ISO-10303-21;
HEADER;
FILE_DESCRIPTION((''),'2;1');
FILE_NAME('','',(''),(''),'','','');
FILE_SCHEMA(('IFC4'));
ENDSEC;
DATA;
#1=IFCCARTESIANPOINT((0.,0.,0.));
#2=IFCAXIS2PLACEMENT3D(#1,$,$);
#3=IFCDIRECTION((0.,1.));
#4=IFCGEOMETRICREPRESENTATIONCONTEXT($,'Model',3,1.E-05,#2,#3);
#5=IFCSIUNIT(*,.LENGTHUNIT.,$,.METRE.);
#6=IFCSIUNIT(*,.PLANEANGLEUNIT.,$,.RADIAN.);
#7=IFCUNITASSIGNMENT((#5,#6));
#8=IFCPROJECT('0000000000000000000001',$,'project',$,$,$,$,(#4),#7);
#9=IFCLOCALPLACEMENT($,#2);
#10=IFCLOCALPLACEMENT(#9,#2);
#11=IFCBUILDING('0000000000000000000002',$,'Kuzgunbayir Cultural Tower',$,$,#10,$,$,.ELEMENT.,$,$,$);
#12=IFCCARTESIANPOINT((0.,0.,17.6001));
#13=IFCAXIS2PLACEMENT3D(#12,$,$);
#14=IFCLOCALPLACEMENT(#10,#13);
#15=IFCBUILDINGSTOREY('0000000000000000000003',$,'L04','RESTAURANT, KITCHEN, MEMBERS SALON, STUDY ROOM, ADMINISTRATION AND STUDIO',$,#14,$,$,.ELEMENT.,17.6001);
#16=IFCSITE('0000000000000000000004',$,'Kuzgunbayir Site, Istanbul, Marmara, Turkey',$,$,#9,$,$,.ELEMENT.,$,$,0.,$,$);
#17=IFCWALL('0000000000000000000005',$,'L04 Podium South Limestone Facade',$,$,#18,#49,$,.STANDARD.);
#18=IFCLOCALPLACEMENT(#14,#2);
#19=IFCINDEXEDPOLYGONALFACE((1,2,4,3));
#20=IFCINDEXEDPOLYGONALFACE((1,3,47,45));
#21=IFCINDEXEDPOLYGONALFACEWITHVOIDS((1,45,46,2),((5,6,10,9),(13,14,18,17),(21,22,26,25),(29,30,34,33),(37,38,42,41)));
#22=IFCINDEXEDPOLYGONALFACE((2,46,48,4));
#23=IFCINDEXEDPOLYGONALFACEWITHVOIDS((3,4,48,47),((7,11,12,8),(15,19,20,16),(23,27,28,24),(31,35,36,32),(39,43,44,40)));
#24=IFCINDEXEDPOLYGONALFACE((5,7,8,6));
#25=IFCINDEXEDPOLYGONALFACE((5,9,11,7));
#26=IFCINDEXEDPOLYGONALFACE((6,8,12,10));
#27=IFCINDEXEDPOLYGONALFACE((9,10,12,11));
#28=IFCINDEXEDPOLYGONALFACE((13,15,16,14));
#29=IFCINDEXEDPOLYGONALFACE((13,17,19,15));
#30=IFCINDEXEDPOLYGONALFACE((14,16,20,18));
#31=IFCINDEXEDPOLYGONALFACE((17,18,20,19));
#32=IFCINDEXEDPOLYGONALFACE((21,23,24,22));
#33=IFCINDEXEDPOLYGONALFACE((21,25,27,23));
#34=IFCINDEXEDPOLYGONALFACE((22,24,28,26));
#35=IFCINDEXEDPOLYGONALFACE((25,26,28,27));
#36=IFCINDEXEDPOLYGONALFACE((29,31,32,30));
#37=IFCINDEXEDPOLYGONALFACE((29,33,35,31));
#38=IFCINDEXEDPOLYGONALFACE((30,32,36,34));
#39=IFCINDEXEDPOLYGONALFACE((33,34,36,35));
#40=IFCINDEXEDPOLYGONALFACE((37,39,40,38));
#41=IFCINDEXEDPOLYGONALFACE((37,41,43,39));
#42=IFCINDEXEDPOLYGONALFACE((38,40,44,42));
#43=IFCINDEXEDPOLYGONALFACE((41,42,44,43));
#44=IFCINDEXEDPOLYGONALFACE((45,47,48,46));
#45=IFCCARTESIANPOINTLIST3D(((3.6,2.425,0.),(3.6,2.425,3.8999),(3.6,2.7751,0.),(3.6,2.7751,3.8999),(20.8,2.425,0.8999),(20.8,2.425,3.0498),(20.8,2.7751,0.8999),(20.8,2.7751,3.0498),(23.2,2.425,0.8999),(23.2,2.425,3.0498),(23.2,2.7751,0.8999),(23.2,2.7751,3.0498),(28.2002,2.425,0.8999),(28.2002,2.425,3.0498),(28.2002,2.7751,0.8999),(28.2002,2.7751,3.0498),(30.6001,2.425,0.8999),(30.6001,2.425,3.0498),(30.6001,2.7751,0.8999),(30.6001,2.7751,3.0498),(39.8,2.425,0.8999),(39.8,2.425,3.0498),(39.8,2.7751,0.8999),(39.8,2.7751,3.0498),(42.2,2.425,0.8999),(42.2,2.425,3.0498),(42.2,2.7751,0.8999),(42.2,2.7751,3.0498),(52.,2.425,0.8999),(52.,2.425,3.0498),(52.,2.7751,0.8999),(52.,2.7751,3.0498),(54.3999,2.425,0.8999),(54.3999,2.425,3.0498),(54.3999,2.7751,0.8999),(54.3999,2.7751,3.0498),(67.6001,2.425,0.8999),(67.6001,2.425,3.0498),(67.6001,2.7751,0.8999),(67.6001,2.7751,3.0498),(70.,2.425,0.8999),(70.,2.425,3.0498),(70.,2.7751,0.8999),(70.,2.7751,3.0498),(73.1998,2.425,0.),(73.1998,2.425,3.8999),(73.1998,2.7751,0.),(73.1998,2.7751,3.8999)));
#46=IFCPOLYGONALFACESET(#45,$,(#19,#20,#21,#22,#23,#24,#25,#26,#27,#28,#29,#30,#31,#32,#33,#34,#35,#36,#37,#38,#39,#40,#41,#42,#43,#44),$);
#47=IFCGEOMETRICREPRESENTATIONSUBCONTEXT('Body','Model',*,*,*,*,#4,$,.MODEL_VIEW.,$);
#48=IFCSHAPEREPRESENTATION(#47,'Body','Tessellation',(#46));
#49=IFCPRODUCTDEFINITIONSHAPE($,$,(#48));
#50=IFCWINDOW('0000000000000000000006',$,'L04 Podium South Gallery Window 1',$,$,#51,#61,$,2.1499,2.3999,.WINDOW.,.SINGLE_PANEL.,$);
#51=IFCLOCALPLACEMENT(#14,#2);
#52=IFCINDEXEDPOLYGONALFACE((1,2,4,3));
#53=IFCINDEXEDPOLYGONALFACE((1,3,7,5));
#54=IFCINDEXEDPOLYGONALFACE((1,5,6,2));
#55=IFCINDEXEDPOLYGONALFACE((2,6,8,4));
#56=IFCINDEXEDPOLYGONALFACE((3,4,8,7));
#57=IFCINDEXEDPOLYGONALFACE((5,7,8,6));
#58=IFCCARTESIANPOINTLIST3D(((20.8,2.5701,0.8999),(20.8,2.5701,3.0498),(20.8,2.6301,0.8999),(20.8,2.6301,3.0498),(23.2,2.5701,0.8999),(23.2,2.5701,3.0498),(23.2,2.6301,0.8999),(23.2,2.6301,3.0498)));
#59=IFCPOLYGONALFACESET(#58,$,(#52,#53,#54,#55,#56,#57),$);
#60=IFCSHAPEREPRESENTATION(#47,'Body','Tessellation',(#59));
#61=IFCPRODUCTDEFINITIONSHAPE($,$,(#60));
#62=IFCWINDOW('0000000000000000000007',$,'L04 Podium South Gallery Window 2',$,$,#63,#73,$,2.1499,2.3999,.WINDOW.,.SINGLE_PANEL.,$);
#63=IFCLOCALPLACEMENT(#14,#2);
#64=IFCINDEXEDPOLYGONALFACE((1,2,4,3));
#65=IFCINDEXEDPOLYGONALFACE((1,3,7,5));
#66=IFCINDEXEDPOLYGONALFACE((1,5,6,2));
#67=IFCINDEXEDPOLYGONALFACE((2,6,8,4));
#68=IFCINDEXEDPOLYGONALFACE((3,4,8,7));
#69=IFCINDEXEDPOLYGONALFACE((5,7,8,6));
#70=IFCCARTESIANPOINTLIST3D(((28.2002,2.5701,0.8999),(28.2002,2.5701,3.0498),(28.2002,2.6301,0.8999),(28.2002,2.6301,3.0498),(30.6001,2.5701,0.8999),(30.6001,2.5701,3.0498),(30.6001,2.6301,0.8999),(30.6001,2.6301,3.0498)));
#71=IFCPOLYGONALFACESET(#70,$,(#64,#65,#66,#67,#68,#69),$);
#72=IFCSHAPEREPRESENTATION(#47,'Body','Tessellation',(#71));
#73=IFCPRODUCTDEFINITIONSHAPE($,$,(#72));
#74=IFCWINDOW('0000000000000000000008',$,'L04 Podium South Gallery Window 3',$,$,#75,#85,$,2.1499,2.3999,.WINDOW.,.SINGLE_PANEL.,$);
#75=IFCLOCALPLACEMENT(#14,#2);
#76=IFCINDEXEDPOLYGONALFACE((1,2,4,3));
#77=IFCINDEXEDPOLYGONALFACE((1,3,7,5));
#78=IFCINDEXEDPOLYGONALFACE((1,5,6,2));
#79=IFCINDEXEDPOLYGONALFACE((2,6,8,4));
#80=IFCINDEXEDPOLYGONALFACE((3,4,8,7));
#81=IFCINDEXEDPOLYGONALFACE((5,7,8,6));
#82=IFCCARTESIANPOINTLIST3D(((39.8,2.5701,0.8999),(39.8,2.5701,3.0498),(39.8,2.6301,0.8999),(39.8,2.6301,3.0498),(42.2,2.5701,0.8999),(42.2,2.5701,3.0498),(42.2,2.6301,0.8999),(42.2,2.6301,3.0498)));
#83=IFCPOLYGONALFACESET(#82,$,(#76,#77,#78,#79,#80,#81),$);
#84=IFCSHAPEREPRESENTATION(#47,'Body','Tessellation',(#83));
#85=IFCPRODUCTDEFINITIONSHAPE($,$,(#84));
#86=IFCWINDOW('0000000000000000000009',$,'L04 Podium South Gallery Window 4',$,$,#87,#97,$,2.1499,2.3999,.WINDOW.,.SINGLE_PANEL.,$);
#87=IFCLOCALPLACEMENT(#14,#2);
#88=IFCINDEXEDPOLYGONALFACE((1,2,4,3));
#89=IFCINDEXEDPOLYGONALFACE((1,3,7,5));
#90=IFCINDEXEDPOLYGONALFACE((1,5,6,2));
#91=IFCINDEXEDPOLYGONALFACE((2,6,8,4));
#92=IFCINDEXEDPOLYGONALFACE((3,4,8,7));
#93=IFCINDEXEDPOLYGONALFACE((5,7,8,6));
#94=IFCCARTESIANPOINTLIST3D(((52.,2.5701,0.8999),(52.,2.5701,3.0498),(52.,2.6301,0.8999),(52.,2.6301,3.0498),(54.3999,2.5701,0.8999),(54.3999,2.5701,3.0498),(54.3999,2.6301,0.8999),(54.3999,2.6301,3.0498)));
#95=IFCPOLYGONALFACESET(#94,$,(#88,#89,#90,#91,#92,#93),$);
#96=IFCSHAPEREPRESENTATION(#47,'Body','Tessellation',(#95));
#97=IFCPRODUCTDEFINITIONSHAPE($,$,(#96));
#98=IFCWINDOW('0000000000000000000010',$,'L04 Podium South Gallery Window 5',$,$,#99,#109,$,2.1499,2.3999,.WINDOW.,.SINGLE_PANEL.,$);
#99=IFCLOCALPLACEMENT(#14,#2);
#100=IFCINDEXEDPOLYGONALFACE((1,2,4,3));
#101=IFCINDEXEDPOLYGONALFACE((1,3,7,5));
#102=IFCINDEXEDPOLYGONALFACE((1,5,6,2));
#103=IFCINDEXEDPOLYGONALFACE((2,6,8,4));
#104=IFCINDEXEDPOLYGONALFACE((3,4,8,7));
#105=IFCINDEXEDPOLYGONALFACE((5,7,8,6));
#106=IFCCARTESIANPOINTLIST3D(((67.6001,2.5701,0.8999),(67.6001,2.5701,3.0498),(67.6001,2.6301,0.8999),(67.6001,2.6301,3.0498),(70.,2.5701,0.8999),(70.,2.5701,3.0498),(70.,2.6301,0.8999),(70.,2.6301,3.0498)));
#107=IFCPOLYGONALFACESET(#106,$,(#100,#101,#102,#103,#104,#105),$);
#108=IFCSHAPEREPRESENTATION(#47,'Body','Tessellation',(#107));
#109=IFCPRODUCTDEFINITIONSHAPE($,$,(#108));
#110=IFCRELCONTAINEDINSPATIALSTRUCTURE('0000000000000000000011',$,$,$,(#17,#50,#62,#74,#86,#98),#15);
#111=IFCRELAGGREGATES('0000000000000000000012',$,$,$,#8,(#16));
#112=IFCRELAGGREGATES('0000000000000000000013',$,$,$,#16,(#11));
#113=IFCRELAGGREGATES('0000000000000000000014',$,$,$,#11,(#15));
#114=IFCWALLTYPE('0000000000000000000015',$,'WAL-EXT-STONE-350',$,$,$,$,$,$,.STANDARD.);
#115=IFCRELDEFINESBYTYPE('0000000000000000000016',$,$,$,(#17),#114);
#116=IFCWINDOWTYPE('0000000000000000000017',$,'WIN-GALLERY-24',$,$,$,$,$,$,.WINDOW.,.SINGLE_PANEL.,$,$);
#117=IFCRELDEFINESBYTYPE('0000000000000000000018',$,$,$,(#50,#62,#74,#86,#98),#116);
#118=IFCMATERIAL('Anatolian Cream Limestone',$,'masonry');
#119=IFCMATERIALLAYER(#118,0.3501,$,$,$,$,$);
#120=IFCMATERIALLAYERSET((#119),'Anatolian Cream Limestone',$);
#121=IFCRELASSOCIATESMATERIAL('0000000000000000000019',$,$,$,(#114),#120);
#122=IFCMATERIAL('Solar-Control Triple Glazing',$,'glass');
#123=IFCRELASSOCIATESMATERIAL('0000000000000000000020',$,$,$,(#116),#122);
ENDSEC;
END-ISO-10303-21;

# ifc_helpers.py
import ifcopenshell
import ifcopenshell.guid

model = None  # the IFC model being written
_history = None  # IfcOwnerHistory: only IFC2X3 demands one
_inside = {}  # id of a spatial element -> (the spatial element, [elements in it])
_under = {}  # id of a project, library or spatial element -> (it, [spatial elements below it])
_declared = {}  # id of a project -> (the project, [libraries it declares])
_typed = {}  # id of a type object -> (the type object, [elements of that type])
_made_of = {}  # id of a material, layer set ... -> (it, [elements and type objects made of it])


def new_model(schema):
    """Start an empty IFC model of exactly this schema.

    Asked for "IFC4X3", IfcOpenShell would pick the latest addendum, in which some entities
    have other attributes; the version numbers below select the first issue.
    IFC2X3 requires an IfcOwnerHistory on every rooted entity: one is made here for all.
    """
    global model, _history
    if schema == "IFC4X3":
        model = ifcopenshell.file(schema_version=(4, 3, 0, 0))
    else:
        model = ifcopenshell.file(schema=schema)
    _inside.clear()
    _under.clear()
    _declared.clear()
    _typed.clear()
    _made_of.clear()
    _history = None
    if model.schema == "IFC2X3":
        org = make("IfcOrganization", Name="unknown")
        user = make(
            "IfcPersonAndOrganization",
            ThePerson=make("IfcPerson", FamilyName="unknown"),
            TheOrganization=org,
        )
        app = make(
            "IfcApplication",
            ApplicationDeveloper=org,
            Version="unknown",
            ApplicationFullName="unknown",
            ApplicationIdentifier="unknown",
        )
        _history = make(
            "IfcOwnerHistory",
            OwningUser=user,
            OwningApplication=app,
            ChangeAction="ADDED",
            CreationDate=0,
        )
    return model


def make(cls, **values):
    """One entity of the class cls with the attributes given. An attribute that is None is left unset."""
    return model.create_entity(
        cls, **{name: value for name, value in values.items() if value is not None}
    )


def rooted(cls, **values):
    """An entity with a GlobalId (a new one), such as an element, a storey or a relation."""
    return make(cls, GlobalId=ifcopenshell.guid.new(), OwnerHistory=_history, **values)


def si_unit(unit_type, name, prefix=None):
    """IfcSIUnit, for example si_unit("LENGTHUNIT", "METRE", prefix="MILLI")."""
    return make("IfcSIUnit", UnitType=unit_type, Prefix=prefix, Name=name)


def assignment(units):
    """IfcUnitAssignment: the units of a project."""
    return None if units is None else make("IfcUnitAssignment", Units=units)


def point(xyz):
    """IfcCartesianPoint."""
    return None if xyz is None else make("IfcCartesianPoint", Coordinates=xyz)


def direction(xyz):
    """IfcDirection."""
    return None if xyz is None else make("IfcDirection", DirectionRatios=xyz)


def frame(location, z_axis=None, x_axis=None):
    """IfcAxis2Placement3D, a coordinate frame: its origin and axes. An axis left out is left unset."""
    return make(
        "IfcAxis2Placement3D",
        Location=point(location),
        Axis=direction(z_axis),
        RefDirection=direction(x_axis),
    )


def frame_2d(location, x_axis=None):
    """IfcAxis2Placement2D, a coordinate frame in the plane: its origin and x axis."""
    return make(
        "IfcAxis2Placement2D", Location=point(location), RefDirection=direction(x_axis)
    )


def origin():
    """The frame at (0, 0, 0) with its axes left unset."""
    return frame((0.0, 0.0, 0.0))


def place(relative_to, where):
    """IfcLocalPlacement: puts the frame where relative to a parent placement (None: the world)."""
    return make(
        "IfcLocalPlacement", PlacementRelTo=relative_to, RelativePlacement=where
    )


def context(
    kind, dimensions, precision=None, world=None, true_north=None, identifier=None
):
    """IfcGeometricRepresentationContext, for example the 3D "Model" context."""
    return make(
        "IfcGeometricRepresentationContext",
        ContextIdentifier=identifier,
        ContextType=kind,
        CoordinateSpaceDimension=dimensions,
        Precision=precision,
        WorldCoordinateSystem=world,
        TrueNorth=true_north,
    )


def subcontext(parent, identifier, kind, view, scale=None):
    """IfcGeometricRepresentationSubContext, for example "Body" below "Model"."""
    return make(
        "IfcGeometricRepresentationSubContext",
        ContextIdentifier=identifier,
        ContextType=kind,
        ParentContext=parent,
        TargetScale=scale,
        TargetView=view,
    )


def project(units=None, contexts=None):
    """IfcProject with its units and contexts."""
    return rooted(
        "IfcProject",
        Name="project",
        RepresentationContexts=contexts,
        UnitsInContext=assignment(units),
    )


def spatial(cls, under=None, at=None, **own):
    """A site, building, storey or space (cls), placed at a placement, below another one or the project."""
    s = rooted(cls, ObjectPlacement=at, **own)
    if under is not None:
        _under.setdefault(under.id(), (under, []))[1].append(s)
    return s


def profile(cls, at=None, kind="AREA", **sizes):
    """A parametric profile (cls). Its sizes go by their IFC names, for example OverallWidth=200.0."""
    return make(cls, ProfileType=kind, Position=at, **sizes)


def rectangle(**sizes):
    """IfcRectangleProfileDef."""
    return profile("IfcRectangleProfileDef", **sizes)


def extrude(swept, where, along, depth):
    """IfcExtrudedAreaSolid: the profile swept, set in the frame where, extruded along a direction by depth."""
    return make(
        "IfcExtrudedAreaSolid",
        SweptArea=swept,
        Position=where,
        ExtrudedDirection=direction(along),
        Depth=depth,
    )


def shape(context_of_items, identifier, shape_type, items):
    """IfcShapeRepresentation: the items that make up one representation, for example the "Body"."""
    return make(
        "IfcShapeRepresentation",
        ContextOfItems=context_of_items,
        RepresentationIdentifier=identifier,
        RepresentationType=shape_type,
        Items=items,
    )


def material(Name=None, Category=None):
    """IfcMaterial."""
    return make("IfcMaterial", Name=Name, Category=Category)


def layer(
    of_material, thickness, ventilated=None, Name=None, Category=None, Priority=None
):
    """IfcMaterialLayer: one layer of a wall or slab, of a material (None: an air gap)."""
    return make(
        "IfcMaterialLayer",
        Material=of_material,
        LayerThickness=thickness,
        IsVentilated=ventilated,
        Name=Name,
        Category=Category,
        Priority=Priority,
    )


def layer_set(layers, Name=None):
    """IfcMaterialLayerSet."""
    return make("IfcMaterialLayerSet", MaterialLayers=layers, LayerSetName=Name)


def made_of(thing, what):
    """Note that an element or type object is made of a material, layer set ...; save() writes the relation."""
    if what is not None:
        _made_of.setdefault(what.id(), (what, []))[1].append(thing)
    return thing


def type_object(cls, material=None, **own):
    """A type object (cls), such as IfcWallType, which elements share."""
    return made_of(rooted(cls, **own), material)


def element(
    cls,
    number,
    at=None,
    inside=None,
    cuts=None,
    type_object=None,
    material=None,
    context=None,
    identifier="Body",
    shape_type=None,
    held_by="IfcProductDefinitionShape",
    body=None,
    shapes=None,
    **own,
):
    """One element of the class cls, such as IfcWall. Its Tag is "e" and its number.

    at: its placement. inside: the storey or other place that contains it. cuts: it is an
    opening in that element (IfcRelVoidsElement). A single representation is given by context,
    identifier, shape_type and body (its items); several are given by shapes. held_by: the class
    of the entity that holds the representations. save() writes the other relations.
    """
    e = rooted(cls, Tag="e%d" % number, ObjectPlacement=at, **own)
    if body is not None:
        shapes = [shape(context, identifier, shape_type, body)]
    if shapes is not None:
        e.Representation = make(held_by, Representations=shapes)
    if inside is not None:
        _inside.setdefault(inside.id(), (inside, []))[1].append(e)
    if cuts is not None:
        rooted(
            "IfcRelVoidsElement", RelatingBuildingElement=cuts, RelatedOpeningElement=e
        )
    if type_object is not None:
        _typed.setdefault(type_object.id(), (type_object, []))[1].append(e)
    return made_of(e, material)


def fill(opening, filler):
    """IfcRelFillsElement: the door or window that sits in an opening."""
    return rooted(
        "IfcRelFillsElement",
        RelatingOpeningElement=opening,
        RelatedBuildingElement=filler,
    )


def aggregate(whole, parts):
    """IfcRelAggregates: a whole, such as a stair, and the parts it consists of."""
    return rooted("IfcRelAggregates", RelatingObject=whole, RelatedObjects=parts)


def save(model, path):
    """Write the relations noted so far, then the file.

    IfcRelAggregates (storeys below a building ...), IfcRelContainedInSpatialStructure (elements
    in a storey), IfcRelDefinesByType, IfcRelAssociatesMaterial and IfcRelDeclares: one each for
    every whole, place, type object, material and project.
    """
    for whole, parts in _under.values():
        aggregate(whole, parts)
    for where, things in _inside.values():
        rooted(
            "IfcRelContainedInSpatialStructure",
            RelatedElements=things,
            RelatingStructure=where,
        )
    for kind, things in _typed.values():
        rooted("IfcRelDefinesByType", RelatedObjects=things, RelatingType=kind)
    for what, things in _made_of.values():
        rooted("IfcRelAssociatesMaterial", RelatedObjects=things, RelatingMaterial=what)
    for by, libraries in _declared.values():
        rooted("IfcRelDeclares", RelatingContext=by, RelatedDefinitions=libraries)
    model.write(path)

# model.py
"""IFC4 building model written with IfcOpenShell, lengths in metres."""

from ifc_helpers import new_model, si_unit, direction, frame, frame_2d, origin, place, context, subcontext, project, spatial, rectangle, extrude, material, layer, layer_set, type_object, element, fill, save


model = new_model("IFC4")

# Units and contexts
model_context = context("Model", 3, precision=1e-05, world=origin(), true_north=direction((0.0, 1.0)))
body_context = subcontext(model_context, "Body", "Model", "MODEL_VIEW")
ifc_project = project(units=[si_unit("LENGTHUNIT", "METRE"), si_unit("PLANEANGLEUNIT", "RADIAN")], contexts=[model_context])

# Site, building, storey
site_placement = place(None, origin())
site = spatial("IfcSite", under=ifc_project, at=site_placement, Name="Kuzgunbayir Site, Istanbul, Marmara, Turkey", CompositionType="ELEMENT", RefElevation=0.0)
building_placement = place(site_placement, origin())
building = spatial("IfcBuilding", under=site, at=building_placement, Name="Kuzgunbayir Cultural Tower", CompositionType="ELEMENT")
storey_placement = place(building_placement, frame((0.0, 0.0, 17.6001)))
storey = spatial("IfcBuildingStorey", under=building, at=storey_placement, Name="L04", Description="RESTAURANT, KITCHEN, MEMBERS SALON, STUDY ROOM, ADMINISTRATION AND STUDIO", CompositionType="ELEMENT", Elevation=17.6001)

# Wall, openings, windows
ifc_material_1 = material(Name="Anatolian Cream Limestone", Category="masonry")
ifc_layer_1 = layer(ifc_material_1, 0.3501)
ifc_layer_set_1 = layer_set([ifc_layer_1], Name="Anatolian Cream Limestone")
wall_type = type_object("IfcWallType", Name="WAL-EXT-STONE-350", PredefinedType="STANDARD", material=ifc_layer_set_1)
wall_placement = place(storey_placement, frame((3.6001, 2.6001, 0.0), z_axis=(0.0, 0.0, 1.0), x_axis=(1.0, 0.0, 0.0)))
wall = element("IfcWall", 1, at=wall_placement, inside=storey, type_object=wall_type, Name="L04 Podium South Limestone Facade", PredefinedType="STANDARD", context=body_context, shape_type="SweptSolid", body=[
    extrude(rectangle(XDim=69.5999, YDim=0.3501, at=frame_2d((34.7998, 0.0))), origin(), (0.0, 0.0, 1.0), 3.8999),
])
opening_1_placement = place(wall_placement, frame((17.2, 0.0, 0.8999)))
opening_1 = element("IfcOpeningElement", 2, at=opening_1_placement, cuts=wall, PredefinedType="OPENING", context=body_context, shape_type="SweptSolid", body=[
    extrude(rectangle(XDim=2.3999, YDim=2.1499, at=frame_2d((1.2, 1.075))), frame((0.0, 0.1851, 0.0), z_axis=(0.0, -1.0, 0.0), x_axis=(1.0, 0.0, 0.0)), (0.0, 0.0, 1.0), 0.3701),
])
opening_2_placement = place(wall_placement, frame((24.6001, 0.0, 0.8999)))
opening_2 = element("IfcOpeningElement", 3, at=opening_2_placement, cuts=wall, PredefinedType="OPENING", context=body_context, shape_type="SweptSolid", body=[
    extrude(rectangle(XDim=2.3999, YDim=2.1499, at=frame_2d((1.2, 1.075))), frame((0.0, 0.1851, 0.0), z_axis=(0.0, -1.0, 0.0), x_axis=(1.0, 0.0, 0.0)), (0.0, 0.0, 1.0), 0.3701),
])
opening_3_placement = place(wall_placement, frame((36.2, 0.0, 0.8999)))
opening_3 = element("IfcOpeningElement", 4, at=opening_3_placement, cuts=wall, PredefinedType="OPENING", context=body_context, shape_type="SweptSolid", body=[
    extrude(rectangle(XDim=2.3999, YDim=2.1499, at=frame_2d((1.2, 1.075))), frame((0.0, 0.1851, 0.0), z_axis=(0.0, -1.0, 0.0), x_axis=(1.0, 0.0, 0.0)), (0.0, 0.0, 1.0), 0.3701),
])
opening_4_placement = place(wall_placement, frame((48.3999, 0.0, 0.8999)))
opening_4 = element("IfcOpeningElement", 5, at=opening_4_placement, cuts=wall, PredefinedType="OPENING", context=body_context, shape_type="SweptSolid", body=[
    extrude(rectangle(XDim=2.3999, YDim=2.1499, at=frame_2d((1.2, 1.075))), frame((0.0, 0.1851, 0.0), z_axis=(0.0, -1.0, 0.0), x_axis=(1.0, 0.0, 0.0)), (0.0, 0.0, 1.0), 0.3701),
])
opening_5_placement = place(wall_placement, frame((64.0, 0.0, 0.8999)))
opening_5 = element("IfcOpeningElement", 6, at=opening_5_placement, cuts=wall, PredefinedType="OPENING", context=body_context, shape_type="SweptSolid", body=[
    extrude(rectangle(XDim=2.3999, YDim=2.1499, at=frame_2d((1.2, 1.075))), frame((0.0, 0.1851, 0.0), z_axis=(0.0, -1.0, 0.0), x_axis=(1.0, 0.0, 0.0)), (0.0, 0.0, 1.0), 0.3701),
])
ifc_material_2 = material(Name="Solar-Control Triple Glazing", Category="glass")
window_type = type_object("IfcWindowType", Name="WIN-GALLERY-24", PartitioningType="SINGLE_PANEL", PredefinedType="WINDOW", material=ifc_material_2)
window_1_placement = place(opening_1_placement, origin())
window_1 = element("IfcWindow", 7, at=window_1_placement, inside=storey, type_object=window_type, Name="L04 Podium South Gallery Window 1", OverallHeight=2.1499, OverallWidth=2.3999, PartitioningType="SINGLE_PANEL", PredefinedType="WINDOW", context=body_context, shape_type="SweptSolid", body=[
    extrude(rectangle(XDim=2.3999, YDim=2.1499, at=frame_2d((1.2, 1.075))), frame((0.0, 0.03, 0.0), z_axis=(0.0, -1.0, 0.0), x_axis=(1.0, 0.0, 0.0)), (0.0, 0.0, 1.0), 0.0601),
])
fill(opening_1, window_1)
window_2_placement = place(opening_2_placement, origin())
window_2 = element("IfcWindow", 8, at=window_2_placement, inside=storey, type_object=window_type, Name="L04 Podium South Gallery Window 2", OverallHeight=2.1499, OverallWidth=2.3999, PartitioningType="SINGLE_PANEL", PredefinedType="WINDOW", context=body_context, shape_type="SweptSolid", body=[
    extrude(rectangle(XDim=2.3999, YDim=2.1499, at=frame_2d((1.2, 1.075))), frame((0.0, 0.03, 0.0), z_axis=(0.0, -1.0, 0.0), x_axis=(1.0, 0.0, 0.0)), (0.0, 0.0, 1.0), 0.0601),
])
fill(opening_2, window_2)
window_3_placement = place(opening_3_placement, origin())
window_3 = element("IfcWindow", 9, at=window_3_placement, inside=storey, type_object=window_type, Name="L04 Podium South Gallery Window 3", OverallHeight=2.1499, OverallWidth=2.3999, PartitioningType="SINGLE_PANEL", PredefinedType="WINDOW", context=body_context, shape_type="SweptSolid", body=[
    extrude(rectangle(XDim=2.3999, YDim=2.1499, at=frame_2d((1.2, 1.075))), frame((0.0, 0.03, 0.0), z_axis=(0.0, -1.0, 0.0), x_axis=(1.0, 0.0, 0.0)), (0.0, 0.0, 1.0), 0.0601),
])
fill(opening_3, window_3)
window_4_placement = place(opening_4_placement, origin())
window_4 = element("IfcWindow", 10, at=window_4_placement, inside=storey, type_object=window_type, Name="L04 Podium South Gallery Window 4", OverallHeight=2.1499, OverallWidth=2.3999, PartitioningType="SINGLE_PANEL", PredefinedType="WINDOW", context=body_context, shape_type="SweptSolid", body=[
    extrude(rectangle(XDim=2.3999, YDim=2.1499, at=frame_2d((1.2, 1.075))), frame((0.0, 0.03, 0.0), z_axis=(0.0, -1.0, 0.0), x_axis=(1.0, 0.0, 0.0)), (0.0, 0.0, 1.0), 0.0601),
])
fill(opening_4, window_4)
window_5_placement = place(opening_5_placement, origin())
window_5 = element("IfcWindow", 11, at=window_5_placement, inside=storey, type_object=window_type, Name="L04 Podium South Gallery Window 5", OverallHeight=2.1499, OverallWidth=2.3999, PartitioningType="SINGLE_PANEL", PredefinedType="WINDOW", context=body_context, shape_type="SweptSolid", body=[
    extrude(rectangle(XDim=2.3999, YDim=2.1499, at=frame_2d((1.2, 1.075))), frame((0.0, 0.03, 0.0), z_axis=(0.0, -1.0, 0.0), x_axis=(1.0, 0.0, 0.0)), (0.0, 0.0, 1.0), 0.0601),
])
fill(opening_5, window_5)

save(model, "model.ifc")
